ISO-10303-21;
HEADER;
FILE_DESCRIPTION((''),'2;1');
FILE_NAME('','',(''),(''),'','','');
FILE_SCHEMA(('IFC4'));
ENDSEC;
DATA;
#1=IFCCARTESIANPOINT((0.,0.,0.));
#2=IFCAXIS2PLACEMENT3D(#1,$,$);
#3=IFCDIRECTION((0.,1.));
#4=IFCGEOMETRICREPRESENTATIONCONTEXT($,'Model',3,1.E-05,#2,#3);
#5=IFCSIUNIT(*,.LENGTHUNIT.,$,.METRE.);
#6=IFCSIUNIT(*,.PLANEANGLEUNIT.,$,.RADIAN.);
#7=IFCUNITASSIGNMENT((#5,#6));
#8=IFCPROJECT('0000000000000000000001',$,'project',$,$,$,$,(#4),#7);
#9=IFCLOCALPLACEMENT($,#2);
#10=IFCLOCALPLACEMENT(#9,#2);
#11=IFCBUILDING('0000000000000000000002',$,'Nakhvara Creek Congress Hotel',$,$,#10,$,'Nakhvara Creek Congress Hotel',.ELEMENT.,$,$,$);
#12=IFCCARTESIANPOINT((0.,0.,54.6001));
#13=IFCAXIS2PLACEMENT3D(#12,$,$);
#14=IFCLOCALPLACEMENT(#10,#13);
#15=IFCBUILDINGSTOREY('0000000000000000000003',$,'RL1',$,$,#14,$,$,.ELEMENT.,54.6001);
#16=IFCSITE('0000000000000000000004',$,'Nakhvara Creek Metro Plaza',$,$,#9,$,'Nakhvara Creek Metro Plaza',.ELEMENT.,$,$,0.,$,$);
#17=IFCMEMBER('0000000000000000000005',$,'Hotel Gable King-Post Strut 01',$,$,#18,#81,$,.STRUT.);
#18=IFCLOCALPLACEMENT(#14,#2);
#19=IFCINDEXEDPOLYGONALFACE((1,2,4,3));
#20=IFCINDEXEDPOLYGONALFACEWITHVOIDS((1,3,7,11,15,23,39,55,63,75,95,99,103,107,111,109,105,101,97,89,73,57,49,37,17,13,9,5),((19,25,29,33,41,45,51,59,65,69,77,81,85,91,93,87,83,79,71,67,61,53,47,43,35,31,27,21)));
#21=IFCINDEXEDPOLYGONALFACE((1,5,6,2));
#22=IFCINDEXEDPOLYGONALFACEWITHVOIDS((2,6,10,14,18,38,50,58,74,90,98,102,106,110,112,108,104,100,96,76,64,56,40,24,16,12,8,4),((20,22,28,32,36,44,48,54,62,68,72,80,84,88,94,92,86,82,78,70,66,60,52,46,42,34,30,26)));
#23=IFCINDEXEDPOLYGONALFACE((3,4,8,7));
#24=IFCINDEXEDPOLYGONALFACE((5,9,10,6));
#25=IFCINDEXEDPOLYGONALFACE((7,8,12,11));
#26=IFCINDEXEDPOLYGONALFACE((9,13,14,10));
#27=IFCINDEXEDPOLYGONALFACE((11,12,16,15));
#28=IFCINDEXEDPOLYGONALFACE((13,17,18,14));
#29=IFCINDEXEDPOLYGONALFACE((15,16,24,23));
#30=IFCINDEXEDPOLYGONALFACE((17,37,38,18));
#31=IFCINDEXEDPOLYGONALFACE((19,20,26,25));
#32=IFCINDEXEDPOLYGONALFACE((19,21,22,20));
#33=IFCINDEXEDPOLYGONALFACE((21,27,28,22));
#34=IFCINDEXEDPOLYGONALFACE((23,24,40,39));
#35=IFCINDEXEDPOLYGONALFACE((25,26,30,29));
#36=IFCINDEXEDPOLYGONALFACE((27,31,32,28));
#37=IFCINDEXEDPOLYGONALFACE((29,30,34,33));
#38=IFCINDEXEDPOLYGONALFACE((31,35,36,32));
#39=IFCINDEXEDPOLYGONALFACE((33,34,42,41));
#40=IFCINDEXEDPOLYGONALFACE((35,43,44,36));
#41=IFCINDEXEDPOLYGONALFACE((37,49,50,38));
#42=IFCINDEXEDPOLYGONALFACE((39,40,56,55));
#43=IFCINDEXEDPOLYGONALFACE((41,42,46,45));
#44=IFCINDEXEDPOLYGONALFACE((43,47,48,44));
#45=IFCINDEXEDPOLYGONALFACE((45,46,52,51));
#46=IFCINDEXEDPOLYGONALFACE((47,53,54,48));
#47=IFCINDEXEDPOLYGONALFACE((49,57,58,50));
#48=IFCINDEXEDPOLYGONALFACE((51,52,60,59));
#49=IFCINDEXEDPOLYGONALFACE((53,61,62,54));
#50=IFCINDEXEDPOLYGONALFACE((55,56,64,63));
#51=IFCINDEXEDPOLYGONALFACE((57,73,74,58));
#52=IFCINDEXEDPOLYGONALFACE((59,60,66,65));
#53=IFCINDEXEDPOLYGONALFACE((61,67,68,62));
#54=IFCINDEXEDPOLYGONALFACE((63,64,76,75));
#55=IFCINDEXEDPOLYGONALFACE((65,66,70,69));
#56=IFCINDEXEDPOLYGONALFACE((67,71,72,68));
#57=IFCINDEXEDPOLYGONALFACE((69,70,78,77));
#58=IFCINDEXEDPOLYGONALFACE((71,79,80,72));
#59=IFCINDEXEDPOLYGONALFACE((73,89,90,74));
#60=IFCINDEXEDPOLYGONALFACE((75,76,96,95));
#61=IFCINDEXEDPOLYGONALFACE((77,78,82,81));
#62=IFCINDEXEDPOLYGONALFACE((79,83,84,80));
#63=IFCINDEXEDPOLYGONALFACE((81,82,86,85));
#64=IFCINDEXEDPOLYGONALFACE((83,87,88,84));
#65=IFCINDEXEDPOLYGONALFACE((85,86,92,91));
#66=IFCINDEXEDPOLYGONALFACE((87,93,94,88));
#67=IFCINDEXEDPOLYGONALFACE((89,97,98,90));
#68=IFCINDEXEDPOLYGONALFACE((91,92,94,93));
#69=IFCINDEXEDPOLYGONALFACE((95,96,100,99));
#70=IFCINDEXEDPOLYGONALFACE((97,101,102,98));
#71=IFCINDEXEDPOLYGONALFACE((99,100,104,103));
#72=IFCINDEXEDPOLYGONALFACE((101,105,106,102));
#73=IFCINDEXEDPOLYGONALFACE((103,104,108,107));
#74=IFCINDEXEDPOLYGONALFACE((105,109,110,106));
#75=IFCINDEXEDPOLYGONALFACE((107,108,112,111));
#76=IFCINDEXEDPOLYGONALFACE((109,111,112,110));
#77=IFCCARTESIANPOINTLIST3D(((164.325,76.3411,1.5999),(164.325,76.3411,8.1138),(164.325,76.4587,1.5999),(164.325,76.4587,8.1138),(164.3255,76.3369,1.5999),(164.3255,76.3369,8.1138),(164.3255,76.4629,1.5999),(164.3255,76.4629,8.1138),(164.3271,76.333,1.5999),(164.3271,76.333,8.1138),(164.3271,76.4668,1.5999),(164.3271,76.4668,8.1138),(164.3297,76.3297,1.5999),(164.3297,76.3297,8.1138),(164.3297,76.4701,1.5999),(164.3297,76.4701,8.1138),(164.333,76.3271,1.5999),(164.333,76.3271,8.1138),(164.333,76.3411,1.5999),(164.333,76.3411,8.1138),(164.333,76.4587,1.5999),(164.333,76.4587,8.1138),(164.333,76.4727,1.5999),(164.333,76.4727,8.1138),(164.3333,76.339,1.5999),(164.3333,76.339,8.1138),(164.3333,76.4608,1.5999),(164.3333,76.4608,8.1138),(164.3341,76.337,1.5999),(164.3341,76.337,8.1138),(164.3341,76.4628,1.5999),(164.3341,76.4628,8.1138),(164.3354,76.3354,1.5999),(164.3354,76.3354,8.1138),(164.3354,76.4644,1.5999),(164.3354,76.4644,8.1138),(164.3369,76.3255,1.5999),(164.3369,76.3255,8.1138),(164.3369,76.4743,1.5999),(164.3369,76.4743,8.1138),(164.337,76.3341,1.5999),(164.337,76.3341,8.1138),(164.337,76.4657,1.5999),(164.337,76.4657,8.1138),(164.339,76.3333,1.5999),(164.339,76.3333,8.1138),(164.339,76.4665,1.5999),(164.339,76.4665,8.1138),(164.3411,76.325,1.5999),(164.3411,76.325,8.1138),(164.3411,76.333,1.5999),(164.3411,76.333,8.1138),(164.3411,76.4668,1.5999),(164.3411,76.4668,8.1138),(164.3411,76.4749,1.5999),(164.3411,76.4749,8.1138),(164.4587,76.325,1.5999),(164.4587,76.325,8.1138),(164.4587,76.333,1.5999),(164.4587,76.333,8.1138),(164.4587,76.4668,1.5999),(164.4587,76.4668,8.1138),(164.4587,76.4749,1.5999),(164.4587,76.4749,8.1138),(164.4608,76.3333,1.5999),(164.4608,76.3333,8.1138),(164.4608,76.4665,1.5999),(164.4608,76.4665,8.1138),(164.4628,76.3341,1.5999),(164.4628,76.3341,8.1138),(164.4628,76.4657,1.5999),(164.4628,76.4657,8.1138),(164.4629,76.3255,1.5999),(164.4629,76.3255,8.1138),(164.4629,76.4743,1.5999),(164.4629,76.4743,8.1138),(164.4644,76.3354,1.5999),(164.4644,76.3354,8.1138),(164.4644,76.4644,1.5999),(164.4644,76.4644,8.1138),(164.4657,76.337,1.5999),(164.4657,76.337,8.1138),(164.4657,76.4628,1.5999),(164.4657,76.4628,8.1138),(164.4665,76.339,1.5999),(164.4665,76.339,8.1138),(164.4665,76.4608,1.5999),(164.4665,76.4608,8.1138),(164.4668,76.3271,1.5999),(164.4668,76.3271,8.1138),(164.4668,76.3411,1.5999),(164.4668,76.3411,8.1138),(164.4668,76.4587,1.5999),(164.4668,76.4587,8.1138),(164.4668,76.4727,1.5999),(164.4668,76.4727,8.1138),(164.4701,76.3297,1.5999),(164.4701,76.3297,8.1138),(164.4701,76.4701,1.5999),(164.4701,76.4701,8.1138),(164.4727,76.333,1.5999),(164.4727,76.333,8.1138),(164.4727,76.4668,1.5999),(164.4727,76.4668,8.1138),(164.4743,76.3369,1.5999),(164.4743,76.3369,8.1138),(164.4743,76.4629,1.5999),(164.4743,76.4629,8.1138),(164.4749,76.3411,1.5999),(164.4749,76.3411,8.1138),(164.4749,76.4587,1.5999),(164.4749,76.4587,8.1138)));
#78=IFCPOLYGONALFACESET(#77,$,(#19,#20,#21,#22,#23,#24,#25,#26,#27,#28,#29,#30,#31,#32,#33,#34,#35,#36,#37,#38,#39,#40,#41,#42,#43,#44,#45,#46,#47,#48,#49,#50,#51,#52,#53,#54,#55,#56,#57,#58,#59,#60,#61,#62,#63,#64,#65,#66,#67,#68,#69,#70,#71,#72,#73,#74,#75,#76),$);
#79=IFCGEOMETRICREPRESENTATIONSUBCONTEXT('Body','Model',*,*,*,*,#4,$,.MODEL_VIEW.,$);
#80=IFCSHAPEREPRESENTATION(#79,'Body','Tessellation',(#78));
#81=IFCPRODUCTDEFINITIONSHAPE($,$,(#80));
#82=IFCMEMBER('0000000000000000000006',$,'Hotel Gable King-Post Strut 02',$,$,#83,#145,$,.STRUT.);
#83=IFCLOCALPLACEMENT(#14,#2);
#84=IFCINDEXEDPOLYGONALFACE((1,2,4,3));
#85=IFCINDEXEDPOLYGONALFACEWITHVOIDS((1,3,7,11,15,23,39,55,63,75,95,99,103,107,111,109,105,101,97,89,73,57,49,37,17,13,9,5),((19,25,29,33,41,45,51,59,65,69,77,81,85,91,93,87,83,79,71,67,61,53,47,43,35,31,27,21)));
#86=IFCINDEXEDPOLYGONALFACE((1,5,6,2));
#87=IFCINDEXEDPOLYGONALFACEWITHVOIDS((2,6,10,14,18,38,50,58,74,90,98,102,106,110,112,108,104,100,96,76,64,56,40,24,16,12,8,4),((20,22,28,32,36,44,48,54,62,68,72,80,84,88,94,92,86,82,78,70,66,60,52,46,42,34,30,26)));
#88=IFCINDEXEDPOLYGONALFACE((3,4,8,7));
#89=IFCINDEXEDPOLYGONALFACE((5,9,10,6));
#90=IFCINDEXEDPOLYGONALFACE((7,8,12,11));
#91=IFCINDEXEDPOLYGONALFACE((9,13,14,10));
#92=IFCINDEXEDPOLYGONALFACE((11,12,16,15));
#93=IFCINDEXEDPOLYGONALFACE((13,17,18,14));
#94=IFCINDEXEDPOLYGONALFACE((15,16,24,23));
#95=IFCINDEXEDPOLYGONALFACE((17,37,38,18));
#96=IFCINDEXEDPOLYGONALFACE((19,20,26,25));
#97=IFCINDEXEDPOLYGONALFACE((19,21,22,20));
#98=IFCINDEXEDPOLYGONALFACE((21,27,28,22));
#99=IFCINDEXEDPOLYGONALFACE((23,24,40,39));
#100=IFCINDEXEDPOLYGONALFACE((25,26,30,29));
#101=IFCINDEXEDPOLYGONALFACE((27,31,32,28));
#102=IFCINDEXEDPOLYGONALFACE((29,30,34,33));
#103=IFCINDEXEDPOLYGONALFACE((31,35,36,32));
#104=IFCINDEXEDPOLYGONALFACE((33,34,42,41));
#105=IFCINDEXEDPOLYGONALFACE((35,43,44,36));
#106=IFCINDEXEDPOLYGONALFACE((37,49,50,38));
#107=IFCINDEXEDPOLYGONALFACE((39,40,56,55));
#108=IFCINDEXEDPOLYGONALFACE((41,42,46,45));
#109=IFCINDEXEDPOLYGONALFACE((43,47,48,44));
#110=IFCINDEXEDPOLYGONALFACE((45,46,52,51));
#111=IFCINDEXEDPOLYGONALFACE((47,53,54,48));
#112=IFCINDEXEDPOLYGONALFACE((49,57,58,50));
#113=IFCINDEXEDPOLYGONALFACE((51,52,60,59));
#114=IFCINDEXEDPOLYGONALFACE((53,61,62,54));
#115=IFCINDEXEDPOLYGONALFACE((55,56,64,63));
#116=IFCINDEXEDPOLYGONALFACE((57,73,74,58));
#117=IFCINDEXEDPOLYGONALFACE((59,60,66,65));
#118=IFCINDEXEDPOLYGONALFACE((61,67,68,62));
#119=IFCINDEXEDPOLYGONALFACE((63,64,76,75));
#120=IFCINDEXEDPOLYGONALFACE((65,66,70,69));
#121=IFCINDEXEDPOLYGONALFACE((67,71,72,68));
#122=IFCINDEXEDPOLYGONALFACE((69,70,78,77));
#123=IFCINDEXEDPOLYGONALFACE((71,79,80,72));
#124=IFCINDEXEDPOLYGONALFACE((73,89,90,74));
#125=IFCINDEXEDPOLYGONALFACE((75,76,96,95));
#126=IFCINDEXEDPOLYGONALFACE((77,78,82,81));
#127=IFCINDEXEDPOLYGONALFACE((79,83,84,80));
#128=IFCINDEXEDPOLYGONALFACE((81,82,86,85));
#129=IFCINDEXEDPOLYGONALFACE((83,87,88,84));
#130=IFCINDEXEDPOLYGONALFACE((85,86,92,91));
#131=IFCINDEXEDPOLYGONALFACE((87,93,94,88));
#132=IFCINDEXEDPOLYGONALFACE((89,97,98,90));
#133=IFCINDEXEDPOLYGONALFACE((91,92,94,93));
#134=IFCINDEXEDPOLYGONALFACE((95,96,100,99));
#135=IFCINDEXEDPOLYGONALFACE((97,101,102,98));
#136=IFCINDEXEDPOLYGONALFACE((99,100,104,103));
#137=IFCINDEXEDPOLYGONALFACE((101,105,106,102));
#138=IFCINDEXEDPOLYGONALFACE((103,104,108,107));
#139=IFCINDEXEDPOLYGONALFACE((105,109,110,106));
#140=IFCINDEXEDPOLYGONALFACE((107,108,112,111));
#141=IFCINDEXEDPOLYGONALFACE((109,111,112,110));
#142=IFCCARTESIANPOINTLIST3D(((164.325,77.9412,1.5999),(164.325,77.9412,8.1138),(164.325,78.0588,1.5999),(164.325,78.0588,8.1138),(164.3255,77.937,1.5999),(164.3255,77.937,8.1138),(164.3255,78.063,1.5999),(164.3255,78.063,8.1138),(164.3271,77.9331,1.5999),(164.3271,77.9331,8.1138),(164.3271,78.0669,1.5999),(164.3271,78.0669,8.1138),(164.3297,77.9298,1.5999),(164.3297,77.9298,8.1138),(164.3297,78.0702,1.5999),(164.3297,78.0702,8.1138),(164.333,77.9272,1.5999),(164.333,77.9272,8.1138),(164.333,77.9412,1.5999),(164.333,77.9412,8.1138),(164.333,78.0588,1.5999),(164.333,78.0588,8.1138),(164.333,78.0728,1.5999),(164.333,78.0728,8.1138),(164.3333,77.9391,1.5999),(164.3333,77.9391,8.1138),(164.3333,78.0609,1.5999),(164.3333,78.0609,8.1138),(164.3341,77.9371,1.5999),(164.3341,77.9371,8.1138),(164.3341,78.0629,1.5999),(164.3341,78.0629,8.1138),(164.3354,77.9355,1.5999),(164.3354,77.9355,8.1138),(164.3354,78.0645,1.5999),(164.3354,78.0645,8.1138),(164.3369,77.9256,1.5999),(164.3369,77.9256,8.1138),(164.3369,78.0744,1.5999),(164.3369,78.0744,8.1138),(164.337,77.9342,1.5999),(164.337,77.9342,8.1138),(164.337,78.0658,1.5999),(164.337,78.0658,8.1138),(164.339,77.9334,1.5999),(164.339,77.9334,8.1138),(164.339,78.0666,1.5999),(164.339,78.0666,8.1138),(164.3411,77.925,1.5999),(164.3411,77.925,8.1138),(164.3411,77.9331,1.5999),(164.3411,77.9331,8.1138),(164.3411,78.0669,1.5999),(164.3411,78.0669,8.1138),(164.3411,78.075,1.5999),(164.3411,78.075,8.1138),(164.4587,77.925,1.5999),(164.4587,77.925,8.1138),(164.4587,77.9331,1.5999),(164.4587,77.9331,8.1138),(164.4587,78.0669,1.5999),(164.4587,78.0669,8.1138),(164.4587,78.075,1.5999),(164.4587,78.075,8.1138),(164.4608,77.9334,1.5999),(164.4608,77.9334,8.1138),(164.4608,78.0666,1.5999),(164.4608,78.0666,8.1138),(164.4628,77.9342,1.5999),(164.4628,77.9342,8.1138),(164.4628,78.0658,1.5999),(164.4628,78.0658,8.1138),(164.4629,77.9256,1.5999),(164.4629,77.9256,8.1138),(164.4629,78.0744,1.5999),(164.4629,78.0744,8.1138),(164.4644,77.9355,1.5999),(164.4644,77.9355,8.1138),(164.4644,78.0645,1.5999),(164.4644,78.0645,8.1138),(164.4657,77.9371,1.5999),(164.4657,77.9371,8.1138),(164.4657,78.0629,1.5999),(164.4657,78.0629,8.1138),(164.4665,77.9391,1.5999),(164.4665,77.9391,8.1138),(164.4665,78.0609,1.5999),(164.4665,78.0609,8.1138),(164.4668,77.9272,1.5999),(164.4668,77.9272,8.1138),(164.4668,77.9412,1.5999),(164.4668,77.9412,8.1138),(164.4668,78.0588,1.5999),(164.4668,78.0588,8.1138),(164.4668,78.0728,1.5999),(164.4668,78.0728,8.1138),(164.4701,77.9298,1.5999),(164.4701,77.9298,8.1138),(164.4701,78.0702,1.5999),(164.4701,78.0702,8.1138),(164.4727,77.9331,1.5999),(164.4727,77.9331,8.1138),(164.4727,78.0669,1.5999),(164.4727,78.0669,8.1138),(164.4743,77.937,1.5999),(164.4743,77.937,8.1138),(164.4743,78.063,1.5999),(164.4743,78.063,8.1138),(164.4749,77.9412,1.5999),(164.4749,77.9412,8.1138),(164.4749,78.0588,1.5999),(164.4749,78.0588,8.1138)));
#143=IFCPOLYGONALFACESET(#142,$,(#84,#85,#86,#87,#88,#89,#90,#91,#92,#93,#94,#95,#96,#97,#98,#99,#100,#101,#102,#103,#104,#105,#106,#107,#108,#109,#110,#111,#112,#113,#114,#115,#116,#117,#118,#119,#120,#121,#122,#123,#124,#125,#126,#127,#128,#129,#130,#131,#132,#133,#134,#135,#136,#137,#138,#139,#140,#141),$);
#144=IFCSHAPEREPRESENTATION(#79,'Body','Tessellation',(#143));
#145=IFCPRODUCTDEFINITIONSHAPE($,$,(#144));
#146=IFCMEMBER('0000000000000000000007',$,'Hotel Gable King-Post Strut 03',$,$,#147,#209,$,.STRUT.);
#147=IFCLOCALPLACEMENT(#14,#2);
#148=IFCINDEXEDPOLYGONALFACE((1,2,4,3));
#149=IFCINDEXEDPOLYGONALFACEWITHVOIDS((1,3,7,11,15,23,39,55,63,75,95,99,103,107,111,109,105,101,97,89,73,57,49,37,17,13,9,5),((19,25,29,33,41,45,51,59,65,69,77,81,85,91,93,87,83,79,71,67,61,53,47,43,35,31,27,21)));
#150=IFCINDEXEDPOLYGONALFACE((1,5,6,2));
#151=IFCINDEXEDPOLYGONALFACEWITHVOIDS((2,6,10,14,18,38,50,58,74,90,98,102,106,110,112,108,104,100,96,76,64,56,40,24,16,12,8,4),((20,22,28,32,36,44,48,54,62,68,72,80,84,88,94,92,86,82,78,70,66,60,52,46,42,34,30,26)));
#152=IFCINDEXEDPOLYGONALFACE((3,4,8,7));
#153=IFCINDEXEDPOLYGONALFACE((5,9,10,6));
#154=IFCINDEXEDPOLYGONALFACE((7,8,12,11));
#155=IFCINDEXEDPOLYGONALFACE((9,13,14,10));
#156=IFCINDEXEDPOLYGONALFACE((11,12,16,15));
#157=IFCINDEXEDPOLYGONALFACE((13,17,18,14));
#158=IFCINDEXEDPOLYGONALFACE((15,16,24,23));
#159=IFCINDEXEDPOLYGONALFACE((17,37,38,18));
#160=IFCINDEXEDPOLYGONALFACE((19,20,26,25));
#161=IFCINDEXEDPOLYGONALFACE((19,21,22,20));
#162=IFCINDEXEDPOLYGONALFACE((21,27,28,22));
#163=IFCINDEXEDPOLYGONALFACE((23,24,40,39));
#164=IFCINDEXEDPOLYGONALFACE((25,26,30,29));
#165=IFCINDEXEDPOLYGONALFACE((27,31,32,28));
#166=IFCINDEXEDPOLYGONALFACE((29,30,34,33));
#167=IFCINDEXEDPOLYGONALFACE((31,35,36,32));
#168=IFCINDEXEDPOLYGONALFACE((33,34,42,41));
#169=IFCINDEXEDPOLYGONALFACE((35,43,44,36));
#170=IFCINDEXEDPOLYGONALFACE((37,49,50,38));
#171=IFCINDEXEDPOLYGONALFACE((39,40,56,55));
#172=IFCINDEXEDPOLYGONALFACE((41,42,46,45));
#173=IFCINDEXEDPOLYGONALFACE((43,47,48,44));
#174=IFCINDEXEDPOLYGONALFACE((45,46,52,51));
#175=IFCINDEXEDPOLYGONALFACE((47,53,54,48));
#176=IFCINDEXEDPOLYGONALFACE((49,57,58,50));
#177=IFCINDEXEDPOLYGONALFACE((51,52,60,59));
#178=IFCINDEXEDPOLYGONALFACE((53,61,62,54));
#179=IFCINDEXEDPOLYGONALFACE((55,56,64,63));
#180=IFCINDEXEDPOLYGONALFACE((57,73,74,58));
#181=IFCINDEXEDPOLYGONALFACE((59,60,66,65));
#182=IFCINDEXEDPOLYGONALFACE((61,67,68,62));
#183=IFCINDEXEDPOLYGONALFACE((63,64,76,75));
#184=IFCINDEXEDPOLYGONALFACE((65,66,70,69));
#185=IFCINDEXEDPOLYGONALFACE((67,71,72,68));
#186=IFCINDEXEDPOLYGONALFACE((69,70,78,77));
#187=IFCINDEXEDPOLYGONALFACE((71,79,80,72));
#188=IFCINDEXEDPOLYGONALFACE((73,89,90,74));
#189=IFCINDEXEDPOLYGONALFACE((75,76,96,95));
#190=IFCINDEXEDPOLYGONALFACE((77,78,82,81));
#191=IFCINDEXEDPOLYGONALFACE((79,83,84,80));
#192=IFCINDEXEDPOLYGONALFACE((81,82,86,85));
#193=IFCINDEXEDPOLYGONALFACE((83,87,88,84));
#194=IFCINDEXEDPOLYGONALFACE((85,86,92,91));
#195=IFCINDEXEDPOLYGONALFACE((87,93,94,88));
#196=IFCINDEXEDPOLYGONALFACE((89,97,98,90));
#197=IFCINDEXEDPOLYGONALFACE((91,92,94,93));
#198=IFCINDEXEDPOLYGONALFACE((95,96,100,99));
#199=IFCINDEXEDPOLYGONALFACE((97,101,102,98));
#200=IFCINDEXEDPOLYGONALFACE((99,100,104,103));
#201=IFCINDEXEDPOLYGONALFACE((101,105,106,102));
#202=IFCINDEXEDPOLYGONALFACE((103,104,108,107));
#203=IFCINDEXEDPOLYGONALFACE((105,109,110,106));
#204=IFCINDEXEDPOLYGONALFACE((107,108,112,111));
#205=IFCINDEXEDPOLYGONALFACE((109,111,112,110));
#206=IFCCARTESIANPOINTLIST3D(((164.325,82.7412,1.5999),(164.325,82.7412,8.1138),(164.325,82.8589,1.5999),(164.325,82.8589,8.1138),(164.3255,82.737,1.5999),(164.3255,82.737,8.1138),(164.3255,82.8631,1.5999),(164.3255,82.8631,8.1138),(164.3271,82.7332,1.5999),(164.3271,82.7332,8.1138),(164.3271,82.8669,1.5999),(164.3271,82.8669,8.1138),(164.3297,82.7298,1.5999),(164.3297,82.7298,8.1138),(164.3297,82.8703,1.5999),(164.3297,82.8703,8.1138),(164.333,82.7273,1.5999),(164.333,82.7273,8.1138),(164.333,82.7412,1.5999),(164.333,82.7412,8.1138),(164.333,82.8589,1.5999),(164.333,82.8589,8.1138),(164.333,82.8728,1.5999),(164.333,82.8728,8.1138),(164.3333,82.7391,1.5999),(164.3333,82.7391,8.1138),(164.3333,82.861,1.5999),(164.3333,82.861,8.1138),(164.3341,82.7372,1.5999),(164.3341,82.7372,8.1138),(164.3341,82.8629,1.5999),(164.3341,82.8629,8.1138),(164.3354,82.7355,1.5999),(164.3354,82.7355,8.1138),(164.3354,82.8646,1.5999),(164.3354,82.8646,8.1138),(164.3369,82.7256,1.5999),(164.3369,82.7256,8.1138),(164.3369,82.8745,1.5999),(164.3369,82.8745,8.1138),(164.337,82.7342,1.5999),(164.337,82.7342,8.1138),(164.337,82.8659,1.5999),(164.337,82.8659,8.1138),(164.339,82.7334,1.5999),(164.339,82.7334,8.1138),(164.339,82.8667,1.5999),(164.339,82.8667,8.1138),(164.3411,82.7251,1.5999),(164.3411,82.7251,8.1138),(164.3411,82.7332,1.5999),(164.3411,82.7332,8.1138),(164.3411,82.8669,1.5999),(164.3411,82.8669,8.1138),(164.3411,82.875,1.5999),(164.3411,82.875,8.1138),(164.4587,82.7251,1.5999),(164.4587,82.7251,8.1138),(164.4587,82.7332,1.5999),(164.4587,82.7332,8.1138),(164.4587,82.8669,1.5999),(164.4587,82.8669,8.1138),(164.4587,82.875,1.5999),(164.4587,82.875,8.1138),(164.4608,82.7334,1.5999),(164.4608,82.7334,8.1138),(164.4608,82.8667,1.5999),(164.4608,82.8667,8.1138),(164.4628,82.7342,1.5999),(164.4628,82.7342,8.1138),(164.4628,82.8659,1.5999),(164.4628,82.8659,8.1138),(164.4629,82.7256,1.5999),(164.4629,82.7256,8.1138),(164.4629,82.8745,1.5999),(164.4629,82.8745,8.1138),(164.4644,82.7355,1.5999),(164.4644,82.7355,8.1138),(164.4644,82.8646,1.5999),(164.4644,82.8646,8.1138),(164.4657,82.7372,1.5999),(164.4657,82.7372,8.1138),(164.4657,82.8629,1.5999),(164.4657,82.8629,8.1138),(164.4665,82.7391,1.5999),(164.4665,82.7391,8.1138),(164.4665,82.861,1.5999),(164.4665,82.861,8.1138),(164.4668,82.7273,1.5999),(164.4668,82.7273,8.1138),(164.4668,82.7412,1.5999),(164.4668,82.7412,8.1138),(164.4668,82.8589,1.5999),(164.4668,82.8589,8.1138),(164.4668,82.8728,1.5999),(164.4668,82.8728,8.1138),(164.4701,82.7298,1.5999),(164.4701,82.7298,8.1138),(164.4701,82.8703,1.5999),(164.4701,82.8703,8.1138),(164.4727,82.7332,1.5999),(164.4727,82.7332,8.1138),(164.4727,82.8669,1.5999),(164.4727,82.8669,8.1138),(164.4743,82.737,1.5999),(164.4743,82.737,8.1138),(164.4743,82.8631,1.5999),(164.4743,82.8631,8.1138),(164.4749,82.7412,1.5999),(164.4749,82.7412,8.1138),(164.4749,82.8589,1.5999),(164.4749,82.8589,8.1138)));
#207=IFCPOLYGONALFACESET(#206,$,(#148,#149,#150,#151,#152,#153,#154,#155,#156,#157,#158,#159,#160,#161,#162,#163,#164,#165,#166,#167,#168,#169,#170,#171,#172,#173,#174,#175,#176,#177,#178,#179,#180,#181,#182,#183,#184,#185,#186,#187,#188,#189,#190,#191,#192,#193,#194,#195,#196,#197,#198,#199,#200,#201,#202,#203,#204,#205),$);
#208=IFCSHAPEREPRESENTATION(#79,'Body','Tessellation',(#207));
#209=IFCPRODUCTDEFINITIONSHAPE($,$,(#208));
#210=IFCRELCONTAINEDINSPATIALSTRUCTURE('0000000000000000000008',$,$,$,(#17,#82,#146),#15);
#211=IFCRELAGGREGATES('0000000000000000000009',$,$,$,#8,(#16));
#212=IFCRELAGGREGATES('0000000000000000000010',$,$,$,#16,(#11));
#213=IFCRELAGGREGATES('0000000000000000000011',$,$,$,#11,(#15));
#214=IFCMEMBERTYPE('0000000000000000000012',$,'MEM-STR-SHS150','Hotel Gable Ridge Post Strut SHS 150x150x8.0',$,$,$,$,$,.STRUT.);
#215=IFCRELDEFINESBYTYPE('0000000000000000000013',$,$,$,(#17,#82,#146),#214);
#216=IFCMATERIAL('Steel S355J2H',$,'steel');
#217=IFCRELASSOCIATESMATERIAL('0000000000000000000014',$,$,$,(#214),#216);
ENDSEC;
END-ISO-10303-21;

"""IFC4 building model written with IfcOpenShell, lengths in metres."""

from ifc_helpers import new_model, si_unit, direction, frame, origin, origin_2d, place, context, subcontext, project, spatial, hollow_rectangle, extrude, material, material_profile, profile_set, type_object, element, save


model = new_model("IFC4")

# Units and contexts
model_context = context("Model", 3, precision=1e-05, world=origin(), true_north=direction((0.0, 1.0)))
body_context = subcontext(model_context, "Body", "Model", "MODEL_VIEW")
ifc_project = project(units=[si_unit("LENGTHUNIT", "METRE"), si_unit("PLANEANGLEUNIT", "RADIAN")], contexts=[model_context])

# Site, building, storey
site_placement = place(None, origin())
site = spatial("IfcSite", under=ifc_project, at=site_placement, Name="Nakhvara Creek Metro Plaza", LongName="Nakhvara Creek Metro Plaza", CompositionType="ELEMENT", RefElevation=0.0)
building_placement = place(site_placement, origin())
building = spatial("IfcBuilding", under=site, at=building_placement, Name="Nakhvara Creek Congress Hotel", LongName="Nakhvara Creek Congress Hotel", CompositionType="ELEMENT")
storey_placement = place(building_placement, frame((0.0, 0.0, 54.6001)))
storey = spatial("IfcBuildingStorey", under=building, at=storey_placement, Name="RL1", CompositionType="ELEMENT", Elevation=54.6001)

# Members
ifc_material_1 = material(Name="Steel S355J2H", Category="steel")
ifc_material_profile_1 = material_profile(ifc_material_1, hollow_rectangle(XDim=0.1499, YDim=0.1499, WallThickness=0.0081, InnerFilletRadius=0.0081, OuterFilletRadius=0.0161, at=origin_2d()), Name="SHS 150x150x8.0", Category="LoadBearing")
ifc_profile_set_1 = profile_set([ifc_material_profile_1], Name="Steel S355J2H")
member_type_1 = type_object("IfcMemberType", Name="MEM-STR-SHS150", Description="Hotel Gable Ridge Post Strut SHS 150x150x8.0", PredefinedType="STRUT", material=ifc_profile_set_1)
for number, where, z_axis, x_axis, name in (
    (1, (164.3999, 76.3999, 1.5999), (0.0, 0.0, 1.0), (1.0, 0.0, 0.0), "Hotel Gable King-Post Strut 01"),
    (2, (164.3999, 78.0, 1.5999), (0.0, 0.0, 1.0), (1.0, 0.0, 0.0), "Hotel Gable King-Post Strut 02"),
    (3, (164.3999, 82.8, 1.5999), (0.0, 0.0, 1.0), (1.0, 0.0, 0.0), "Hotel Gable King-Post Strut 03"),
):
    element("IfcMember", number, at=place(storey_placement, frame(where, z_axis=z_axis, x_axis=x_axis)), inside=storey, type_object=member_type_1, Name=name, PredefinedType="STRUT", context=body_context, shape_type="SweptSolid", body=[
        extrude(hollow_rectangle(XDim=0.1499, YDim=0.1499, WallThickness=0.0081, InnerFilletRadius=0.0081, OuterFilletRadius=0.0161, at=origin_2d()), origin(), (0.0, 0.0, 1.0), 6.5139),
    ])

save(model, "model.ifc")
